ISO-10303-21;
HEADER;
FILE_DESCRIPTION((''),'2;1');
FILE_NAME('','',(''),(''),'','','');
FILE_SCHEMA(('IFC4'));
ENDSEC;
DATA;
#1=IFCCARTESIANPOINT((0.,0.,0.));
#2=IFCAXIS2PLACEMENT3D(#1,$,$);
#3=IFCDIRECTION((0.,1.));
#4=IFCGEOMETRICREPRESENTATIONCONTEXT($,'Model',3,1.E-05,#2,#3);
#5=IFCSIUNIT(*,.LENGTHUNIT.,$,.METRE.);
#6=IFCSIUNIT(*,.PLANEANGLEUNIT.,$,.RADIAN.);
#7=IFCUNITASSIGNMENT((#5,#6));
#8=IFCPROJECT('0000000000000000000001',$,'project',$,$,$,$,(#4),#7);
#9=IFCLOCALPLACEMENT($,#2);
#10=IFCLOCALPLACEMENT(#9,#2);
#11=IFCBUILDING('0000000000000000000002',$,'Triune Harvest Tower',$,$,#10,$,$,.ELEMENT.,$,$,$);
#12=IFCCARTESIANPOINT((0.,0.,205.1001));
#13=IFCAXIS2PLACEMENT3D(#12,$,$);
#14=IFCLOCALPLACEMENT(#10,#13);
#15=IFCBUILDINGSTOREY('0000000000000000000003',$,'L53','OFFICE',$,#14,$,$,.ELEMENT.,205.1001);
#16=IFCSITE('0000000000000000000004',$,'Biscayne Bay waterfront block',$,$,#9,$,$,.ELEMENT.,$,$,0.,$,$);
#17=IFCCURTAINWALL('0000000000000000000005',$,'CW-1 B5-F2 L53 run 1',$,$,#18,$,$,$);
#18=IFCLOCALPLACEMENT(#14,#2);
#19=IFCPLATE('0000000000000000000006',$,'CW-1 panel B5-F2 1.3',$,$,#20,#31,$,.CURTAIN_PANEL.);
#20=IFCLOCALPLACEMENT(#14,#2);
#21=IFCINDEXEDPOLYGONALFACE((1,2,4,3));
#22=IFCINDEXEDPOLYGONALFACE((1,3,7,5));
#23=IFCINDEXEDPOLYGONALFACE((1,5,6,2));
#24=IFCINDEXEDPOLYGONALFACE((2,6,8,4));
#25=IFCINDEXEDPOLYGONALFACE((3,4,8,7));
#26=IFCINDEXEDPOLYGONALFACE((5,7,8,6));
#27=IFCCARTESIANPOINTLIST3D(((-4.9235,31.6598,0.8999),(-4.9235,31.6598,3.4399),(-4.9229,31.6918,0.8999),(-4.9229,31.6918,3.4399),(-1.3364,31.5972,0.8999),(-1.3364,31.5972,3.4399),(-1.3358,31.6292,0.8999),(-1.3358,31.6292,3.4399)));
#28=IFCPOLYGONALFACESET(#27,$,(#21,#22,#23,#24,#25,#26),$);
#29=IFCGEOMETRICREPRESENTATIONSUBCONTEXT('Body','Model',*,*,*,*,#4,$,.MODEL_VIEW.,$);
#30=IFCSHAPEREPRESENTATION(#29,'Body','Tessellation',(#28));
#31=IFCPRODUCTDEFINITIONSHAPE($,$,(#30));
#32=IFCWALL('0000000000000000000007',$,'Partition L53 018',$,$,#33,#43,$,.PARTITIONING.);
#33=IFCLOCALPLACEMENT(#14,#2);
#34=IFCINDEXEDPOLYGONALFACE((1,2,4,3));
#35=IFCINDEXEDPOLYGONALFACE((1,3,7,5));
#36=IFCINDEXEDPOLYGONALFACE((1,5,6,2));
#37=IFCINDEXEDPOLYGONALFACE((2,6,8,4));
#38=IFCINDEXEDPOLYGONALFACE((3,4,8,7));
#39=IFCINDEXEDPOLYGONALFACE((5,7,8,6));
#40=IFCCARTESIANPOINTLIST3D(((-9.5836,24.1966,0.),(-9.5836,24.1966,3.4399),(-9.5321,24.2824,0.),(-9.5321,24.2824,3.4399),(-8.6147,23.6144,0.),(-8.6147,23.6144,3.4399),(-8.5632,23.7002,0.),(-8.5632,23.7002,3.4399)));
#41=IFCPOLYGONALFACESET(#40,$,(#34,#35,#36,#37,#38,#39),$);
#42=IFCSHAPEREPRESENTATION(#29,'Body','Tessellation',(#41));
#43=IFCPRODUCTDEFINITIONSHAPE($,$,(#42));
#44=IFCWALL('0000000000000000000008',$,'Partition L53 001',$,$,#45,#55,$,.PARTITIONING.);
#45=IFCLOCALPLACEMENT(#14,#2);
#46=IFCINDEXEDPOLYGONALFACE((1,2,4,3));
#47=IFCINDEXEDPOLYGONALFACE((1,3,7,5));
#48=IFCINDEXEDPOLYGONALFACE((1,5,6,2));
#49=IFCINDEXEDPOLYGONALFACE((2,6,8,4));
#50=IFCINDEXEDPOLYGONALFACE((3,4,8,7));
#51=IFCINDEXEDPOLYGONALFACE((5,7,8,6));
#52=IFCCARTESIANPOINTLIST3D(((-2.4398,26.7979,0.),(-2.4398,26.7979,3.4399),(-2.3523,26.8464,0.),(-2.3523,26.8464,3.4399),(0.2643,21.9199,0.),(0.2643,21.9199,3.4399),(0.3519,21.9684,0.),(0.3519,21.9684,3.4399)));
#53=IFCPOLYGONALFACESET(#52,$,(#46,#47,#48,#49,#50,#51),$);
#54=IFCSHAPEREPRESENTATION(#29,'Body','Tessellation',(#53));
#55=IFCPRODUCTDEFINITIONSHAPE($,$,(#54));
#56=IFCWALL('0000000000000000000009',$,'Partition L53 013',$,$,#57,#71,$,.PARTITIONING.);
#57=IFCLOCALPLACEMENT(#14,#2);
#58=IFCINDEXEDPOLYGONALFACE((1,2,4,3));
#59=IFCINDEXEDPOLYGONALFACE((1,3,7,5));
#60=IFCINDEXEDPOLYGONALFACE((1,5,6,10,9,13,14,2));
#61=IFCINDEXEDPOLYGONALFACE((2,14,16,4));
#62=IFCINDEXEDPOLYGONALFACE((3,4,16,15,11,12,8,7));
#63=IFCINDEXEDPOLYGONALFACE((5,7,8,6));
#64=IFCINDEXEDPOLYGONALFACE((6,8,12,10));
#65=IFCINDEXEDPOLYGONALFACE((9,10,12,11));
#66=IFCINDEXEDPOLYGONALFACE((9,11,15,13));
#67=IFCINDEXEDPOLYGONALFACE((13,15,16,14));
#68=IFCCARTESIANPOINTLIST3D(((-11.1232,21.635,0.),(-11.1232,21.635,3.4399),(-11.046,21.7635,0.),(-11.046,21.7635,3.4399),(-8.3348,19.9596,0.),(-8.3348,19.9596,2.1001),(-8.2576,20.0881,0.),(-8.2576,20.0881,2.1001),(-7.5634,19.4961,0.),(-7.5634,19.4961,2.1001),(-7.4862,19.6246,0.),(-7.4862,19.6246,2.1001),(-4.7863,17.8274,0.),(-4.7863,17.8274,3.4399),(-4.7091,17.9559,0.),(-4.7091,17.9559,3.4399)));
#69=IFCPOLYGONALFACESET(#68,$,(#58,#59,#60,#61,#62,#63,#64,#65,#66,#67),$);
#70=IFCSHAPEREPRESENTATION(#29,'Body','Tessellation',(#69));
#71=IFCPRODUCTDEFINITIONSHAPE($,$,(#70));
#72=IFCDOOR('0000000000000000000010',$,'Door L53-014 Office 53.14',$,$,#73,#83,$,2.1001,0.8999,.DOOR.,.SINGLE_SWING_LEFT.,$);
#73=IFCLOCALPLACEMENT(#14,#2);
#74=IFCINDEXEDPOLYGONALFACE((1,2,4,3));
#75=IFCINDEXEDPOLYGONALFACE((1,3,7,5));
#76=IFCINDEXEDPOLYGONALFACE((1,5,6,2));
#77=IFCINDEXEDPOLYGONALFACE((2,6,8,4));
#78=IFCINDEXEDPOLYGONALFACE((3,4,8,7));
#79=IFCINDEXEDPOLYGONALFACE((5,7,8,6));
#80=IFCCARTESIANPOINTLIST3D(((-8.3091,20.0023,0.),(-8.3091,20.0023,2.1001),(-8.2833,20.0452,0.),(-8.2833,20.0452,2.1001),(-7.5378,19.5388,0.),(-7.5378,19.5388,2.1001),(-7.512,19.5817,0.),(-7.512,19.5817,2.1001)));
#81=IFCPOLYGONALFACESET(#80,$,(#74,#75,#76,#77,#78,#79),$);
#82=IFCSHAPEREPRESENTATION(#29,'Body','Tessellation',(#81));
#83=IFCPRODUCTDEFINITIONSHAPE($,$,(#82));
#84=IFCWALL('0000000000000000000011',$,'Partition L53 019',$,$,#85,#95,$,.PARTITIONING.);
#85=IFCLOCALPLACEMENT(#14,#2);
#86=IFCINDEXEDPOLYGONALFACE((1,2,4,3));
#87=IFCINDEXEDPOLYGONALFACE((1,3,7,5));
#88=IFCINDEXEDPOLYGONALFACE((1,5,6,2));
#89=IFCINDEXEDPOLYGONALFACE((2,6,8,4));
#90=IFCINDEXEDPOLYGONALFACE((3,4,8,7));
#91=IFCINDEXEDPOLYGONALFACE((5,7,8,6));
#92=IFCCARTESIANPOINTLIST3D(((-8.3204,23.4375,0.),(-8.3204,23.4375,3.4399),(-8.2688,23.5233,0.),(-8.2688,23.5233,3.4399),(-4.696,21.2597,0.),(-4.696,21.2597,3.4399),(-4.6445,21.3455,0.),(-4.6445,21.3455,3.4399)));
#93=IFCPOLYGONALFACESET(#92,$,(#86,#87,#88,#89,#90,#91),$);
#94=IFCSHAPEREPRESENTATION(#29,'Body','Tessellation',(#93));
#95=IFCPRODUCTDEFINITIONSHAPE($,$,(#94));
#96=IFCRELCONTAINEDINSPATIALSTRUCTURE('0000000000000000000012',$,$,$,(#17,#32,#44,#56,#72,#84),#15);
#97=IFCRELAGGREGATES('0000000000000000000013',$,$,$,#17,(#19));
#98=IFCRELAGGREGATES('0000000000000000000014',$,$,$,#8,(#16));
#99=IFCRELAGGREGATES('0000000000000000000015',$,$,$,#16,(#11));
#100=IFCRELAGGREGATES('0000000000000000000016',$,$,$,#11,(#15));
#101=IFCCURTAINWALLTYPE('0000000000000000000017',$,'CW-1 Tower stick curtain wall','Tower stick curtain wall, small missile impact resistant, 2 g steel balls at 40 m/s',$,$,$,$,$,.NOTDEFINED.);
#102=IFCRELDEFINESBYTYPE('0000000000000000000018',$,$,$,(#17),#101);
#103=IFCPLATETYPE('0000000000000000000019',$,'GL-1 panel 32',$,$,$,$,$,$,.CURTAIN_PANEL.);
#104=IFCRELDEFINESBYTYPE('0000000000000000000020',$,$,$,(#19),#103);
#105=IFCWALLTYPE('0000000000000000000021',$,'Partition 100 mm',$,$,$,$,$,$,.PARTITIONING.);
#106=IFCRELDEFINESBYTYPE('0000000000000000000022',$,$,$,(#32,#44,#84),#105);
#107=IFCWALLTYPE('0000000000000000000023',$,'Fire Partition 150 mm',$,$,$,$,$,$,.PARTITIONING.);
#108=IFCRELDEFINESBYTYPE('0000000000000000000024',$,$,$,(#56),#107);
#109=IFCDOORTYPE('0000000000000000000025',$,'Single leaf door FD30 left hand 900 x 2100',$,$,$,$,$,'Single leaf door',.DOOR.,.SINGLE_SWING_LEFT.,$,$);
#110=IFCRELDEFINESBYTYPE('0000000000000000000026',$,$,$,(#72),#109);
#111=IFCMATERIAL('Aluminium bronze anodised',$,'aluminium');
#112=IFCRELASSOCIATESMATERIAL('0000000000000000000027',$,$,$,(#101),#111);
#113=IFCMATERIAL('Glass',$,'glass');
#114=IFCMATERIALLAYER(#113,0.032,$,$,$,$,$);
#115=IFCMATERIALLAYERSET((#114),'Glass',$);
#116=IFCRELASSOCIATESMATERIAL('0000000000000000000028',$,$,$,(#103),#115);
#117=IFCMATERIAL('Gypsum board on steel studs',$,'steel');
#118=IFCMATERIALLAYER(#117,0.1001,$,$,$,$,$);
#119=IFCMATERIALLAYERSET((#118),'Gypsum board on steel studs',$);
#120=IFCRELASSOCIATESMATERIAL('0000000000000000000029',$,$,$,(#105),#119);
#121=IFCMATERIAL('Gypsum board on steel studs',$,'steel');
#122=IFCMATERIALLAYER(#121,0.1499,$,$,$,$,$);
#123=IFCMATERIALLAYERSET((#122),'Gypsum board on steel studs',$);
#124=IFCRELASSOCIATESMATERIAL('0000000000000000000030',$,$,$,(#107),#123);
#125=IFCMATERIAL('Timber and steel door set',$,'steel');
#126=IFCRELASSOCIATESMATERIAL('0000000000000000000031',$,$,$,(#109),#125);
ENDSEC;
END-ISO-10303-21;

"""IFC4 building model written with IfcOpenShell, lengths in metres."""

from ifc_helpers import new_model, si_unit, direction, frame, frame_2d, origin, origin_2d, place, context, subcontext, project, spatial, rectangle, extrude, source, transform, mapped, material, layer, layer_set, type_object, element, fill, aggregate, save


model = new_model("IFC4")

# Units and contexts
model_context = context("Model", 3, precision=1e-05, world=origin(), true_north=direction((0.0, 1.0)))
body_context = subcontext(model_context, "Body", "Model", "MODEL_VIEW")
ifc_project = project(units=[si_unit("LENGTHUNIT", "METRE"), si_unit("PLANEANGLEUNIT", "RADIAN")], contexts=[model_context])

# Site, building, storey
site_placement = place(None, origin())
site = spatial("IfcSite", under=ifc_project, at=site_placement, Name="Biscayne Bay waterfront block", CompositionType="ELEMENT", RefElevation=0.0)
building_placement = place(site_placement, origin())
building = spatial("IfcBuilding", under=site, at=building_placement, Name="Triune Harvest Tower", CompositionType="ELEMENT")
storey_placement = place(building_placement, frame((0.0, 0.0, 205.1001)))
storey = spatial("IfcBuildingStorey", under=building, at=storey_placement, Name="L53", Description="OFFICE", CompositionType="ELEMENT", Elevation=205.1001)

# Curtain wall
ifc_material_1 = material(Name="Aluminium bronze anodised", Category="aluminium")
curtain_wall_type_1 = type_object("IfcCurtainWallType", Name="CW-1 Tower stick curtain wall", Description="Tower stick curtain wall, small missile impact resistant, 2 g steel balls at 40 m/s", PredefinedType="NOTDEFINED", material=ifc_material_1)
curtain_wall_1_placement = place(storey_placement, origin())
curtain_wall_1 = element("IfcCurtainWall", 1, at=curtain_wall_1_placement, inside=storey, type_object=curtain_wall_type_1, Name="CW-1 B5-F2 L53 run 1")

# Plate
ifc_material_2 = material(Name="Glass", Category="glass")
ifc_layer_1 = layer(ifc_material_2, 0.032)
ifc_layer_set_1 = layer_set([ifc_layer_1], Name="Glass")
plate_type_1 = type_object("IfcPlateType", Name="GL-1 panel 32", PredefinedType="CURTAIN_PANEL", material=ifc_layer_set_1)
shared_shape_1 = source(origin(), body_context, "Body", "SweptSolid", [
    extrude(rectangle(XDim=3.5876, YDim=0.032, at=origin_2d()), origin(), (0.0, 0.0, 1.0), 2.54),
])
plate_1_placement = place(storey_placement, frame((-3.1296, 31.6445, 0.8999), z_axis=(0.0, 0.0, 1.0), x_axis=(-0.999848, 0.017446, 0.0)))
plate_1 = element("IfcPlate", 2, at=plate_1_placement, type_object=plate_type_1, Name="CW-1 panel B5-F2 1.3", PredefinedType="CURTAIN_PANEL", context=body_context, shape_type="MappedRepresentation", body=[
    mapped(shared_shape_1, transform((0.0, 0.0, 0.0), scale=1.0)),
])
aggregate(curtain_wall_1, [plate_1])

# Walls
ifc_material_3 = material(Name="Gypsum board on steel studs", Category="steel")
ifc_layer_2 = layer(ifc_material_3, 0.1001)
ifc_layer_set_2 = layer_set([ifc_layer_2], Name="Gypsum board on steel studs")
wall_type_1 = type_object("IfcWallType", Name="Partition 100 mm", PredefinedType="PARTITIONING", material=ifc_layer_set_2)
shared_shape_2 = source(origin(), body_context, "Body", "SweptSolid", [
    extrude(rectangle(XDim=1.1304, YDim=0.1001, at=frame_2d((0.5652, 0.0))), origin(), (0.0, 0.0, 1.0), 3.4399),
])
wall_1_placement = place(storey_placement, frame((-9.5579, 24.2395, 0.0), z_axis=(0.0, 0.0, 1.0), x_axis=(0.85715, -0.515067, 0.0)))
element("IfcWall", 3, at=wall_1_placement, inside=storey, type_object=wall_type_1, Name="Partition L53 018", PredefinedType="PARTITIONING", context=body_context, shape_type="MappedRepresentation", body=[
    mapped(shared_shape_2, transform((0.0, 0.0, 0.0), scale=1.0)),
])
shared_shape_3 = source(origin(), body_context, "Body", "SweptSolid", [
    extrude(rectangle(XDim=5.5774, YDim=0.1001, at=frame_2d((2.7886, 0.0))), origin(), (0.0, 0.0, 1.0), 3.4399),
])
wall_2_placement = place(storey_placement, frame((-2.396, 26.822, 0.0), z_axis=(0.0, 0.0, 1.0), x_axis=(0.48484, -0.874603, 0.0)))
element("IfcWall", 4, at=wall_2_placement, inside=storey, type_object=wall_type_1, Name="Partition L53 001", PredefinedType="PARTITIONING", context=body_context, shape_type="MappedRepresentation", body=[
    mapped(shared_shape_3, transform((0.0, 0.0, 0.0), scale=1.0)),
])

# Wall, opening, door
ifc_material_4 = material(Name="Gypsum board on steel studs", Category="steel")
ifc_layer_3 = layer(ifc_material_4, 0.1499)
ifc_layer_set_3 = layer_set([ifc_layer_3], Name="Gypsum board on steel studs")
wall_type_2 = type_object("IfcWallType", Name="Fire Partition 150 mm", PredefinedType="PARTITIONING", material=ifc_layer_set_3)
shared_shape_4 = source(origin(), body_context, "Body", "SweptSolid", [
    extrude(rectangle(XDim=7.3928, YDim=0.1499, at=frame_2d((3.6963, 0.0))), origin(), (0.0, 0.0, 1.0), 3.4399),
])
wall_3_placement = place(storey_placement, frame((-11.0845, 21.6992, 0.0), z_axis=(0.0, 0.0, 1.0), x_axis=(0.857166, -0.51504, 0.0)))
wall_3 = element("IfcWall", 5, at=wall_3_placement, inside=storey, type_object=wall_type_2, Name="Partition L53 013", PredefinedType="PARTITIONING", context=body_context, shape_type="MappedRepresentation", body=[
    mapped(shared_shape_4, transform((0.0, 0.0, 0.0), scale=1.0)),
])
opening_placement = place(wall_3_placement, frame((3.2529, 0.0, 0.0)))
opening = element("IfcOpeningElement", 6, at=opening_placement, cuts=wall_3, PredefinedType="OPENING", context=body_context, shape_type="SweptSolid", body=[
    extrude(rectangle(XDim=0.8999, YDim=2.1001, at=frame_2d((0.45, 1.05))), frame((0.0, 0.085, 0.0), z_axis=(0.0, -1.0, 0.0), x_axis=(1.0, 0.0, 0.0)), (0.0, 0.0, 1.0), 0.1699),
])
ifc_material_5 = material(Name="Timber and steel door set", Category="steel")
door_type = type_object("IfcDoorType", Name="Single leaf door FD30 left hand 900 x 2100", ElementType="Single leaf door", OperationType="SINGLE_SWING_LEFT", PredefinedType="DOOR", material=ifc_material_5)
door_placement = place(opening_placement, origin())
door = element("IfcDoor", 7, at=door_placement, inside=storey, type_object=door_type, Name="Door L53-014 Office 53.14", OperationType="SINGLE_SWING_LEFT", OverallHeight=2.1001, OverallWidth=0.8999, PredefinedType="DOOR", context=body_context, shape_type="SweptSolid", body=[
    extrude(rectangle(XDim=0.8999, YDim=2.1001, at=frame_2d((0.45, 1.05))), frame((0.0, 0.0249, 0.0), z_axis=(0.0, -1.0, 0.0), x_axis=(1.0, 0.0, 0.0)), (0.0, 0.0, 1.0), 0.05),
])
fill(opening, door)

# Wall
shared_shape_5 = source(origin(), body_context, "Body", "SweptSolid", [
    extrude(rectangle(XDim=4.2283, YDim=0.1001, at=frame_2d((2.1143, 0.0))), origin(), (0.0, 0.0, 1.0), 3.4399),
])
wall_4_placement = place(storey_placement, frame((-8.2947, 23.4805, 0.0), z_axis=(0.0, 0.0, 1.0), x_axis=(0.857162, -0.515048, 0.0)))
element("IfcWall", 8, at=wall_4_placement, inside=storey, type_object=wall_type_1, Name="Partition L53 019", PredefinedType="PARTITIONING", context=body_context, shape_type="MappedRepresentation", body=[
    mapped(shared_shape_5, transform((0.0, 0.0, 0.0), scale=1.0)),
])

save(model, "model.ifc")
